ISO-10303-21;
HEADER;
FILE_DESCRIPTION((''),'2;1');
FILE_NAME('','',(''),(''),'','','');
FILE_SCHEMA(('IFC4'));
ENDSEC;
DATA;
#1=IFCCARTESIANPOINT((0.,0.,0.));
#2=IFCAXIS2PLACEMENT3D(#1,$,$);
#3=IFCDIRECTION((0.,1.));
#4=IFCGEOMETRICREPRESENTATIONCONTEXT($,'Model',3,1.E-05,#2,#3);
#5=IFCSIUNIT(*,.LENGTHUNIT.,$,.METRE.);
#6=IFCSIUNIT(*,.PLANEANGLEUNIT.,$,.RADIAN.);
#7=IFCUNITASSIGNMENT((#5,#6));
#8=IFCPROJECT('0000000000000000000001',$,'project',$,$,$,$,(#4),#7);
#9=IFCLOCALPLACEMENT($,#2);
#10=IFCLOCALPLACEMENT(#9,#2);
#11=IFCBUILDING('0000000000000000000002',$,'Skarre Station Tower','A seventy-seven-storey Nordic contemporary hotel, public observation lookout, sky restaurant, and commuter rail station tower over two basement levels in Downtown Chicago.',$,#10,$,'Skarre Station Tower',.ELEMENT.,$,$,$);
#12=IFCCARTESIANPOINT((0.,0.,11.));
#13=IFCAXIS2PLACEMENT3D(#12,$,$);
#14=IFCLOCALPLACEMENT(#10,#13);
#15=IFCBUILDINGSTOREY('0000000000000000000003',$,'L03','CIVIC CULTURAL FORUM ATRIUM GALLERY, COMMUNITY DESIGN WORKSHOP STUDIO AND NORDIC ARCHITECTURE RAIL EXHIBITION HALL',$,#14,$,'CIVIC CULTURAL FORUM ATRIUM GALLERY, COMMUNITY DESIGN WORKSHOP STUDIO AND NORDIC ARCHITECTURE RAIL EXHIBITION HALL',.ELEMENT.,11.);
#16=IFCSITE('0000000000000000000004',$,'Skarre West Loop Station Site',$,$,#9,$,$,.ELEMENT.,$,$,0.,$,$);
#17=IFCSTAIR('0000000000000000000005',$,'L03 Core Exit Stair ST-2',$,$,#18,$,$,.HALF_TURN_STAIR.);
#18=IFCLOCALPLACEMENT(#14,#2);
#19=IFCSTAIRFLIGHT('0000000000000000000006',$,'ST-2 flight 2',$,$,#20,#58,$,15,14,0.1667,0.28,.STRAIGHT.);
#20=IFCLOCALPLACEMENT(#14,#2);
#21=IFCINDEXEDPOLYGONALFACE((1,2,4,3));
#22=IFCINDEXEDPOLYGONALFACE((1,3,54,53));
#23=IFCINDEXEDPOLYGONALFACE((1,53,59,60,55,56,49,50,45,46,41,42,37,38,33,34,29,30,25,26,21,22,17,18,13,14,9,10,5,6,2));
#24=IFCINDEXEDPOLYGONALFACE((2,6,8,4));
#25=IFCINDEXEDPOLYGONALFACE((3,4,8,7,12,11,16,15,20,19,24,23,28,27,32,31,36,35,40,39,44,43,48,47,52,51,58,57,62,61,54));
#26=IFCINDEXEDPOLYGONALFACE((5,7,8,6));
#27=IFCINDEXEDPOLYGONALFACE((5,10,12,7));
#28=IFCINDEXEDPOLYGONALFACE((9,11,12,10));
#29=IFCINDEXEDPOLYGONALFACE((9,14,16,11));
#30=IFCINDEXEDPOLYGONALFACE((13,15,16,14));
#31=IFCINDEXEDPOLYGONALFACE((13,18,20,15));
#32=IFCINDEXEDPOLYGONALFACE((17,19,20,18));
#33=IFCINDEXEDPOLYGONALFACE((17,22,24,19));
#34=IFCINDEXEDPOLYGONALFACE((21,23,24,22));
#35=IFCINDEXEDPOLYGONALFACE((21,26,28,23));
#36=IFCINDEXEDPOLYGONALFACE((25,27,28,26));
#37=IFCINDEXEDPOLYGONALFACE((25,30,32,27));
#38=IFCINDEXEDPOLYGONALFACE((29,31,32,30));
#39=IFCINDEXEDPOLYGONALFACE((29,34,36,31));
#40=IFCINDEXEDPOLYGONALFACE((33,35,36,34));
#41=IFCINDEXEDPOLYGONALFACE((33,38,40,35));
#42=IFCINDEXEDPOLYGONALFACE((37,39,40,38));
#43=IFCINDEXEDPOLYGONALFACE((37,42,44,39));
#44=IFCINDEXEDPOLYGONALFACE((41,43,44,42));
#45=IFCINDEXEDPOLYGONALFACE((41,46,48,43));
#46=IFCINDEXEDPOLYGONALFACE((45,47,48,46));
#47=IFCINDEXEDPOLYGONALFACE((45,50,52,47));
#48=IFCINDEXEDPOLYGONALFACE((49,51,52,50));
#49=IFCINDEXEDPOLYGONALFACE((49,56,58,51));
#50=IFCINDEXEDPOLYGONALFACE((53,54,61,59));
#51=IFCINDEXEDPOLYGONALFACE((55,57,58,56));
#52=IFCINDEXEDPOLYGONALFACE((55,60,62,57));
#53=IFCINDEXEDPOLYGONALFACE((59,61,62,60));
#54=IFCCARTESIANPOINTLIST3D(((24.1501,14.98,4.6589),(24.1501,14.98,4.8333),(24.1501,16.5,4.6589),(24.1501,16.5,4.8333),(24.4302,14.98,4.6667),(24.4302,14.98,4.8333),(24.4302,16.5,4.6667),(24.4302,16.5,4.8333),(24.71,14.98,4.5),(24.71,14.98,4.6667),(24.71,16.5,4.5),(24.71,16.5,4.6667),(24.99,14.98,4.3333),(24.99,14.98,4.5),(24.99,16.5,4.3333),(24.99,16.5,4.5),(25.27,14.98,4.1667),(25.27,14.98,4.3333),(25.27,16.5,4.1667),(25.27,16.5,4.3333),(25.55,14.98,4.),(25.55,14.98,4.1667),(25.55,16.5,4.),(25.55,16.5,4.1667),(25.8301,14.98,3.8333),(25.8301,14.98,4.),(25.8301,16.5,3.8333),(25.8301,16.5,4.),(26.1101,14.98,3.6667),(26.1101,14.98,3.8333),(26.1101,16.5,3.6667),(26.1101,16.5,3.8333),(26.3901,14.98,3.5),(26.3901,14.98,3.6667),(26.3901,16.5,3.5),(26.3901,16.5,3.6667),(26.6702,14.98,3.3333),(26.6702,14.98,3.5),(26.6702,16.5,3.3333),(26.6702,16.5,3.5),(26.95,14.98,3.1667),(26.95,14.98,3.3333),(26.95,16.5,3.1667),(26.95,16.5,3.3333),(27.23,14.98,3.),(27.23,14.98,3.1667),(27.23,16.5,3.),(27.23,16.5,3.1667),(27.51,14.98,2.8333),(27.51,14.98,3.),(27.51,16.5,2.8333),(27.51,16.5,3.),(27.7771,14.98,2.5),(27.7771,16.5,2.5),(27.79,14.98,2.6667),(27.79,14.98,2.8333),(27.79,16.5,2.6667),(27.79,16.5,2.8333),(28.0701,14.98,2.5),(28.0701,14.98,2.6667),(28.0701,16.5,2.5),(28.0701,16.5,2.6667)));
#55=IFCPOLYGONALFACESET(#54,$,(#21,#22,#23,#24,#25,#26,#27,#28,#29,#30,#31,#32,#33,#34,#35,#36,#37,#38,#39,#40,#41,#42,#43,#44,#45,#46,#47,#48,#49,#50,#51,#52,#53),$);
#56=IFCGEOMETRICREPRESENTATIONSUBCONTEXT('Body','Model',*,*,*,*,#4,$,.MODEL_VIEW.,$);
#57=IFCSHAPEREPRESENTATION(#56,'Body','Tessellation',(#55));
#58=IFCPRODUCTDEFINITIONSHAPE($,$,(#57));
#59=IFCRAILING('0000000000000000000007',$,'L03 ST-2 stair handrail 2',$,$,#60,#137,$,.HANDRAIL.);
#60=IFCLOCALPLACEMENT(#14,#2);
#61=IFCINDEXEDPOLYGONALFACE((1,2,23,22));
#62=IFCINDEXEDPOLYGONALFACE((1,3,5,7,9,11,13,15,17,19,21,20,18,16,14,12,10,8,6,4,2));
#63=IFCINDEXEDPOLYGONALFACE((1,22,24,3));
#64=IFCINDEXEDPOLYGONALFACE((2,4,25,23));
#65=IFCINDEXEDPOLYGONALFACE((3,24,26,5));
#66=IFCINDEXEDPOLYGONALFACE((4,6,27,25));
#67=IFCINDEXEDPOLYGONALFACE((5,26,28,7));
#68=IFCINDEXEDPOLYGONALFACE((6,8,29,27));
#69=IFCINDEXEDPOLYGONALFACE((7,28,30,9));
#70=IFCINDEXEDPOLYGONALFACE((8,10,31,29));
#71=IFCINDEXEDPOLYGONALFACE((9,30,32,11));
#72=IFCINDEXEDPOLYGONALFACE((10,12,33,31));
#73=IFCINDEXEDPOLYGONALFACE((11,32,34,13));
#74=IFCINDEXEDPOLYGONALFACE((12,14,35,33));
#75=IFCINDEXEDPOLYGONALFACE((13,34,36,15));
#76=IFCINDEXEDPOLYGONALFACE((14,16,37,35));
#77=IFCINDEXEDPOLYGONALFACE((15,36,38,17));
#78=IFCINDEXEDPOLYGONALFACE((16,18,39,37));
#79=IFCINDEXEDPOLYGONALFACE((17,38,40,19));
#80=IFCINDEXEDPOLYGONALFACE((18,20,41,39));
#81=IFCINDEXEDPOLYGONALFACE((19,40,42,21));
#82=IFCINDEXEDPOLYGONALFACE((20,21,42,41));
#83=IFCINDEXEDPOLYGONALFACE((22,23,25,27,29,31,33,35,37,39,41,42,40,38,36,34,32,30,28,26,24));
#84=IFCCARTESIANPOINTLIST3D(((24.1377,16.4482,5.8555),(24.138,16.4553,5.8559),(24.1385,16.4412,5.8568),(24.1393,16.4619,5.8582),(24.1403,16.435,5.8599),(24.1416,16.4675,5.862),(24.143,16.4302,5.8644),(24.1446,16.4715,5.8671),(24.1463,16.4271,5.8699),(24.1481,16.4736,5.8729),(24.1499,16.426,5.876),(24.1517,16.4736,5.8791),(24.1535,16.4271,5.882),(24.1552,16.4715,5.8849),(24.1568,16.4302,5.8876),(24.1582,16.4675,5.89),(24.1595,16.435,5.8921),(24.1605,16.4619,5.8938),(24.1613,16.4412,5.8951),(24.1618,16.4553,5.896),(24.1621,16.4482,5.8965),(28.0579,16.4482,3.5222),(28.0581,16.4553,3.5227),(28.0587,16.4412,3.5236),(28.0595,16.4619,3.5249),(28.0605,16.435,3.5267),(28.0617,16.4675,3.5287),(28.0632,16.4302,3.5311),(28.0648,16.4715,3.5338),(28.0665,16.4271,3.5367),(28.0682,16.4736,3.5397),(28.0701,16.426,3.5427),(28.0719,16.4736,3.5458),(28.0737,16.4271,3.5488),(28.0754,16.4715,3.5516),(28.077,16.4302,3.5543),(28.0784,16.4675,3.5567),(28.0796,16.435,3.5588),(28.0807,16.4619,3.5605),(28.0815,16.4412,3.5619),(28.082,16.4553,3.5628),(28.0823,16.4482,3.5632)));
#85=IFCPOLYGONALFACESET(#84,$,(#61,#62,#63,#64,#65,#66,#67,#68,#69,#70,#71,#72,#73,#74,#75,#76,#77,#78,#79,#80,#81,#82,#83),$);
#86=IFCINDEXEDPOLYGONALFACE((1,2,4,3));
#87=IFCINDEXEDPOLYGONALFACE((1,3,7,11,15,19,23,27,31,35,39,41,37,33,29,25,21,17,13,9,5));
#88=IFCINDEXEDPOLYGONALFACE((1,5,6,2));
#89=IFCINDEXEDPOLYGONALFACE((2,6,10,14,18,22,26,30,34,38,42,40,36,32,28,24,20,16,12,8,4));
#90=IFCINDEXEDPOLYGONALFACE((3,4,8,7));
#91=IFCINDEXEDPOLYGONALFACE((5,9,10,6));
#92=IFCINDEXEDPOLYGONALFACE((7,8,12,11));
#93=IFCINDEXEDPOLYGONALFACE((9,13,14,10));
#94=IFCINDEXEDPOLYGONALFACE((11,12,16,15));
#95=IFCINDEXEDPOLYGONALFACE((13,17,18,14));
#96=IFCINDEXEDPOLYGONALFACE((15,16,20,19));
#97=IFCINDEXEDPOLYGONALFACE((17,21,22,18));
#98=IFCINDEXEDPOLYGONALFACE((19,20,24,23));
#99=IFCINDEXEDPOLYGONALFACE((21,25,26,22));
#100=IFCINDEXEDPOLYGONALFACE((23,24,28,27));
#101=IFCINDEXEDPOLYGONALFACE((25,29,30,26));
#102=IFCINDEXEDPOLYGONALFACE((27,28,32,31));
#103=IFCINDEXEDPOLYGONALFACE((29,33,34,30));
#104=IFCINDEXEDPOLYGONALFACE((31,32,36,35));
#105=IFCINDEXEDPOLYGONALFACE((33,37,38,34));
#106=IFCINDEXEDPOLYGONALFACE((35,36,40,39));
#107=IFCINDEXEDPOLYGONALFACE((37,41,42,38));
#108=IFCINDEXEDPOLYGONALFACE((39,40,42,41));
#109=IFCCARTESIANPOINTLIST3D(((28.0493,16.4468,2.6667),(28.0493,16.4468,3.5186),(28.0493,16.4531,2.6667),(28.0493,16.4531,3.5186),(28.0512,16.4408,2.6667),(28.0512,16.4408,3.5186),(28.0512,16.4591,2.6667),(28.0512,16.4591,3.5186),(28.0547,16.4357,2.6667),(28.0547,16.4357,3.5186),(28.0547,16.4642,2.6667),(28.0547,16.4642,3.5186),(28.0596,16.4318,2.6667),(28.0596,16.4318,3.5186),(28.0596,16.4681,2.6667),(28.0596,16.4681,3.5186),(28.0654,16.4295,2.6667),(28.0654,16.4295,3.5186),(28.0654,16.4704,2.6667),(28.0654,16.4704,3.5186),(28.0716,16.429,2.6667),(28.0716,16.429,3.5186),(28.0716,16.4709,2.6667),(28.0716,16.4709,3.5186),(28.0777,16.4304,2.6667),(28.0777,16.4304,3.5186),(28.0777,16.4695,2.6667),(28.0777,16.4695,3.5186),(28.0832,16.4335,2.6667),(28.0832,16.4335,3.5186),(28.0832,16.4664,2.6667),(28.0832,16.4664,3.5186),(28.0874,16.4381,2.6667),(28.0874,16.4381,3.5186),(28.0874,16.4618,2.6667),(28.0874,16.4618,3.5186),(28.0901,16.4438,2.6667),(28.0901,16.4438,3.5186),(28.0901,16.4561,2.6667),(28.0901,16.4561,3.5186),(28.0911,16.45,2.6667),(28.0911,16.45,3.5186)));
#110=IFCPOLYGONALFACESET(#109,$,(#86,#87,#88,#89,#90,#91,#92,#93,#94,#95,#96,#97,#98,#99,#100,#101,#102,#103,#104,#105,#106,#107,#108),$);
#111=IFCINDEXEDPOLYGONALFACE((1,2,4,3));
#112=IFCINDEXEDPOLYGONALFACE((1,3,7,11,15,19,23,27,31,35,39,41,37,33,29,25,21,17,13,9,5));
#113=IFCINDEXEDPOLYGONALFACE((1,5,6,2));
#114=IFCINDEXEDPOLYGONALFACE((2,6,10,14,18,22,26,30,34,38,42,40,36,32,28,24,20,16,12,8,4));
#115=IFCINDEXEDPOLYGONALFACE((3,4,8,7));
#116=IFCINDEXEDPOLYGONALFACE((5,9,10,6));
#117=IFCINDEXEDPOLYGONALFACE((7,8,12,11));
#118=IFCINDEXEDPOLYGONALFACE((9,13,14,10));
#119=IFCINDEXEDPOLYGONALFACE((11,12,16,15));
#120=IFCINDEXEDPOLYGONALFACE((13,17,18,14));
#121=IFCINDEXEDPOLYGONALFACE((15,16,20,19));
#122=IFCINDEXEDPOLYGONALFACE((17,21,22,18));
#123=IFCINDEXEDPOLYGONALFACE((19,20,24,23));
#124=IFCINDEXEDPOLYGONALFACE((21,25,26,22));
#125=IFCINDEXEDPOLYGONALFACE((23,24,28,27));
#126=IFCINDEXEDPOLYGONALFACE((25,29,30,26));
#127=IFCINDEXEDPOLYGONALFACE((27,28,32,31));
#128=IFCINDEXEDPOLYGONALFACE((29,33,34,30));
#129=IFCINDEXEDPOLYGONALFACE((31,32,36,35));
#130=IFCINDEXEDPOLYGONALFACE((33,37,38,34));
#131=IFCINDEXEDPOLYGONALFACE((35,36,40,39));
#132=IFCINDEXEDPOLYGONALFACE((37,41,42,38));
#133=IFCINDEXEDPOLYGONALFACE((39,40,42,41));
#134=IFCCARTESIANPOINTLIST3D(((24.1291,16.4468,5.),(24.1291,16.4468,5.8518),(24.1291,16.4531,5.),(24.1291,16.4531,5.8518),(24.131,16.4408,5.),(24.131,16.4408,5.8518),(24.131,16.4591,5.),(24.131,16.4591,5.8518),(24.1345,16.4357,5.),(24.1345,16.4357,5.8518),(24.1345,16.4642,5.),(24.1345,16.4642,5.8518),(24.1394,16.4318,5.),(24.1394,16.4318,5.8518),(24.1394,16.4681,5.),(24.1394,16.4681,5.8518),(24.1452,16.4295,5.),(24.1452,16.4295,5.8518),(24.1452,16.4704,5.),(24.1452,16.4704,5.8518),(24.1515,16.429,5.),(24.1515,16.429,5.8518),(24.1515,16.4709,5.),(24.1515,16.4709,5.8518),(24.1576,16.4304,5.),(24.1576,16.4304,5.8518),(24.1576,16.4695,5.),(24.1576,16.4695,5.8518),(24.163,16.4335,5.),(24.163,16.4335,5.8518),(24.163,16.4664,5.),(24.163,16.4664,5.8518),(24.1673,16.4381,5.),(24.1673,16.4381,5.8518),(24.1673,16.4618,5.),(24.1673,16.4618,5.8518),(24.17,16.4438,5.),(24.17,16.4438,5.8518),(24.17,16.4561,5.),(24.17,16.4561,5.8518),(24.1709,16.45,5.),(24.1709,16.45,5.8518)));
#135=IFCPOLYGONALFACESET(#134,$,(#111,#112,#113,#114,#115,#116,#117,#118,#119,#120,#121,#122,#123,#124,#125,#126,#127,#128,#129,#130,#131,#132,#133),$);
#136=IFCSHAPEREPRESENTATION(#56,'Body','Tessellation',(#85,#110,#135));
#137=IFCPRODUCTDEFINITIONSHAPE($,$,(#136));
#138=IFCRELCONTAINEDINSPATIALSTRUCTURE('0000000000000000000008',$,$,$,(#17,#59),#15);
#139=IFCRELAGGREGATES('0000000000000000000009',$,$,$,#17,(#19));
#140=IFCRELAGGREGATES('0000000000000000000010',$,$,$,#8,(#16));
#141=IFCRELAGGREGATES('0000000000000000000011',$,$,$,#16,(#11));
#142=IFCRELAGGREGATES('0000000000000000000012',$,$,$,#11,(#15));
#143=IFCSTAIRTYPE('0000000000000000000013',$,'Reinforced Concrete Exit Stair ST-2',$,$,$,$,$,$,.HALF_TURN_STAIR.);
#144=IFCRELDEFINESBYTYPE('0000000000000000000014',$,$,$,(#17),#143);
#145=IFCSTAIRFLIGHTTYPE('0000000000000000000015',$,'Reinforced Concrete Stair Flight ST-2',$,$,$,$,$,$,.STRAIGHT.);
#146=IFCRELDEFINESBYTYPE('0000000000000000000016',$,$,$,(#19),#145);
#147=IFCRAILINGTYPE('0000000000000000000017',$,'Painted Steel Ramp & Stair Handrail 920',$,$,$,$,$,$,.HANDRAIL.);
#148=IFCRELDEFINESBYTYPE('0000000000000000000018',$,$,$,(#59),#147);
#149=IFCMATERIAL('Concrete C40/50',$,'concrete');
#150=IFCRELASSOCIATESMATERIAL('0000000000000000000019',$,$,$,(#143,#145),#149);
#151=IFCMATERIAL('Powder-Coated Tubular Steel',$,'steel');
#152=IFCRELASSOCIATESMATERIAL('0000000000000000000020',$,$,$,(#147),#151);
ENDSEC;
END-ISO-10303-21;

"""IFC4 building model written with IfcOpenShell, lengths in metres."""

from ifc_helpers import new_model, si_unit, direction, frame, origin, origin_2d, place, context, subcontext, project, spatial, polyline, circle, outline, extrude, material, type_object, element, aggregate, save


model = new_model("IFC4")

# Units and contexts
model_context = context("Model", 3, precision=1e-05, world=origin(), true_north=direction((0.0, 1.0)))
body_context = subcontext(model_context, "Body", "Model", "MODEL_VIEW")
ifc_project = project(units=[si_unit("LENGTHUNIT", "METRE"), si_unit("PLANEANGLEUNIT", "RADIAN")], contexts=[model_context])

# Site, building, storey
site_placement = place(None, origin())
site = spatial("IfcSite", under=ifc_project, at=site_placement, Name="Skarre West Loop Station Site", CompositionType="ELEMENT", RefElevation=0.0)
building_placement = place(site_placement, origin())
building = spatial("IfcBuilding", under=site, at=building_placement, Name="Skarre Station Tower", Description="A seventy-seven-storey Nordic contemporary hotel, public observation lookout, sky restaurant, and commuter rail station tower over two basement levels in Downtown Chicago.", LongName="Skarre Station Tower", CompositionType="ELEMENT")
storey_placement = place(building_placement, frame((0.0, 0.0, 11.0)))
storey = spatial("IfcBuildingStorey", under=building, at=storey_placement, Name="L03", Description="CIVIC CULTURAL FORUM ATRIUM GALLERY, COMMUNITY DESIGN WORKSHOP STUDIO AND NORDIC ARCHITECTURE RAIL EXHIBITION HALL", LongName="CIVIC CULTURAL FORUM ATRIUM GALLERY, COMMUNITY DESIGN WORKSHOP STUDIO AND NORDIC ARCHITECTURE RAIL EXHIBITION HALL", CompositionType="ELEMENT", Elevation=11.0)

# Stair, stair flight
ifc_material_1 = material(Name="Concrete C40/50", Category="concrete")
stair_type = type_object("IfcStairType", Name="Reinforced Concrete Exit Stair ST-2", PredefinedType="HALF_TURN_STAIR", material=ifc_material_1)
stair_placement = place(storey_placement, origin())
stair = element("IfcStair", 1, at=stair_placement, inside=storey, type_object=stair_type, Name="L03 Core Exit Stair ST-2", PredefinedType="HALF_TURN_STAIR")
stair_flight_type = type_object("IfcStairFlightType", Name="Reinforced Concrete Stair Flight ST-2", PredefinedType="STRAIGHT", material=ifc_material_1)
stair_flight_placement = place(storey_placement, frame((28.0701, 15.74, 2.5), z_axis=(0.0, 0.0, 1.0), x_axis=(-1.0, 0.0, 0.0)))
stair_flight = element("IfcStairFlight", 2, at=stair_flight_placement, type_object=stair_flight_type, Name="ST-2 flight 2", NumberOfRisers=15, NumberOfTreads=14, PredefinedType="STRAIGHT", RiserHeight=0.1667, TreadLength=0.28, context=body_context, shape_type="SweptSolid", body=[
    extrude(outline(polyline([(0.0, 0.0), (0.0, 0.1667), (0.28, 0.1667), (0.28, 0.3333), (0.5601, 0.3333), (0.5601, 0.5), (0.8401, 0.5), (0.8401, 0.6667), (1.1201, 0.6667), (1.1201, 0.8333), (1.3999, 0.8333), (1.3999, 1.0), (1.6799, 1.0), (1.6799, 1.1667), (1.96, 1.1667), (1.96, 1.3333), (2.24, 1.3333), (2.24, 1.5), (2.52, 1.5), (2.52, 1.6667), (2.8, 1.6667), (2.8, 1.8333), (3.0801, 1.8333), (3.0801, 2.0), (3.3601, 2.0), (3.3601, 2.1667), (3.6399, 2.1667), (3.6399, 2.3333), (3.9199, 2.3333), (3.9199, 2.5), (3.9199, 2.1589), (0.293, 0.0), (0.0, 0.0)])), frame((0.0, 0.76, 0.0), z_axis=(0.0, -1.0, 0.0), x_axis=(1.0, 0.0, 0.0)), (0.0, 0.0, 1.0), 1.52),
])
aggregate(stair, [stair_flight])

# Railing
ifc_material_2 = material(Name="Powder-Coated Tubular Steel", Category="steel")
railing_type_1 = type_object("IfcRailingType", Name="Painted Steel Ramp & Stair Handrail 920", PredefinedType="HANDRAIL", material=ifc_material_2)
railing_1_placement = place(storey_placement, frame((28.0701, 16.45, 2.6667)))
element("IfcRailing", 3, at=railing_1_placement, inside=storey, type_object=railing_type_1, Name="L03 ST-2 stair handrail 2", PredefinedType="HANDRAIL", context=body_context, shape_type="SweptSolid", body=[
    extrude(circle(Radius=0.0239, at=origin_2d()), frame((0.0, 0.0, 0.876), z_axis=(-0.85931, 0.0, 0.511455), x_axis=(0.0, -1.0, 0.0)), (0.0, 0.0, 1.0), 4.562),
    extrude(circle(Radius=0.021, at=origin_2d()), origin(), (0.0, 0.0, 1.0), 0.8518),
    extrude(circle(Radius=0.021, at=origin_2d()), frame((-3.9202, 0.0, 2.3333)), (0.0, 0.0, 1.0), 0.8518),
])

save(model, "model.ifc")
